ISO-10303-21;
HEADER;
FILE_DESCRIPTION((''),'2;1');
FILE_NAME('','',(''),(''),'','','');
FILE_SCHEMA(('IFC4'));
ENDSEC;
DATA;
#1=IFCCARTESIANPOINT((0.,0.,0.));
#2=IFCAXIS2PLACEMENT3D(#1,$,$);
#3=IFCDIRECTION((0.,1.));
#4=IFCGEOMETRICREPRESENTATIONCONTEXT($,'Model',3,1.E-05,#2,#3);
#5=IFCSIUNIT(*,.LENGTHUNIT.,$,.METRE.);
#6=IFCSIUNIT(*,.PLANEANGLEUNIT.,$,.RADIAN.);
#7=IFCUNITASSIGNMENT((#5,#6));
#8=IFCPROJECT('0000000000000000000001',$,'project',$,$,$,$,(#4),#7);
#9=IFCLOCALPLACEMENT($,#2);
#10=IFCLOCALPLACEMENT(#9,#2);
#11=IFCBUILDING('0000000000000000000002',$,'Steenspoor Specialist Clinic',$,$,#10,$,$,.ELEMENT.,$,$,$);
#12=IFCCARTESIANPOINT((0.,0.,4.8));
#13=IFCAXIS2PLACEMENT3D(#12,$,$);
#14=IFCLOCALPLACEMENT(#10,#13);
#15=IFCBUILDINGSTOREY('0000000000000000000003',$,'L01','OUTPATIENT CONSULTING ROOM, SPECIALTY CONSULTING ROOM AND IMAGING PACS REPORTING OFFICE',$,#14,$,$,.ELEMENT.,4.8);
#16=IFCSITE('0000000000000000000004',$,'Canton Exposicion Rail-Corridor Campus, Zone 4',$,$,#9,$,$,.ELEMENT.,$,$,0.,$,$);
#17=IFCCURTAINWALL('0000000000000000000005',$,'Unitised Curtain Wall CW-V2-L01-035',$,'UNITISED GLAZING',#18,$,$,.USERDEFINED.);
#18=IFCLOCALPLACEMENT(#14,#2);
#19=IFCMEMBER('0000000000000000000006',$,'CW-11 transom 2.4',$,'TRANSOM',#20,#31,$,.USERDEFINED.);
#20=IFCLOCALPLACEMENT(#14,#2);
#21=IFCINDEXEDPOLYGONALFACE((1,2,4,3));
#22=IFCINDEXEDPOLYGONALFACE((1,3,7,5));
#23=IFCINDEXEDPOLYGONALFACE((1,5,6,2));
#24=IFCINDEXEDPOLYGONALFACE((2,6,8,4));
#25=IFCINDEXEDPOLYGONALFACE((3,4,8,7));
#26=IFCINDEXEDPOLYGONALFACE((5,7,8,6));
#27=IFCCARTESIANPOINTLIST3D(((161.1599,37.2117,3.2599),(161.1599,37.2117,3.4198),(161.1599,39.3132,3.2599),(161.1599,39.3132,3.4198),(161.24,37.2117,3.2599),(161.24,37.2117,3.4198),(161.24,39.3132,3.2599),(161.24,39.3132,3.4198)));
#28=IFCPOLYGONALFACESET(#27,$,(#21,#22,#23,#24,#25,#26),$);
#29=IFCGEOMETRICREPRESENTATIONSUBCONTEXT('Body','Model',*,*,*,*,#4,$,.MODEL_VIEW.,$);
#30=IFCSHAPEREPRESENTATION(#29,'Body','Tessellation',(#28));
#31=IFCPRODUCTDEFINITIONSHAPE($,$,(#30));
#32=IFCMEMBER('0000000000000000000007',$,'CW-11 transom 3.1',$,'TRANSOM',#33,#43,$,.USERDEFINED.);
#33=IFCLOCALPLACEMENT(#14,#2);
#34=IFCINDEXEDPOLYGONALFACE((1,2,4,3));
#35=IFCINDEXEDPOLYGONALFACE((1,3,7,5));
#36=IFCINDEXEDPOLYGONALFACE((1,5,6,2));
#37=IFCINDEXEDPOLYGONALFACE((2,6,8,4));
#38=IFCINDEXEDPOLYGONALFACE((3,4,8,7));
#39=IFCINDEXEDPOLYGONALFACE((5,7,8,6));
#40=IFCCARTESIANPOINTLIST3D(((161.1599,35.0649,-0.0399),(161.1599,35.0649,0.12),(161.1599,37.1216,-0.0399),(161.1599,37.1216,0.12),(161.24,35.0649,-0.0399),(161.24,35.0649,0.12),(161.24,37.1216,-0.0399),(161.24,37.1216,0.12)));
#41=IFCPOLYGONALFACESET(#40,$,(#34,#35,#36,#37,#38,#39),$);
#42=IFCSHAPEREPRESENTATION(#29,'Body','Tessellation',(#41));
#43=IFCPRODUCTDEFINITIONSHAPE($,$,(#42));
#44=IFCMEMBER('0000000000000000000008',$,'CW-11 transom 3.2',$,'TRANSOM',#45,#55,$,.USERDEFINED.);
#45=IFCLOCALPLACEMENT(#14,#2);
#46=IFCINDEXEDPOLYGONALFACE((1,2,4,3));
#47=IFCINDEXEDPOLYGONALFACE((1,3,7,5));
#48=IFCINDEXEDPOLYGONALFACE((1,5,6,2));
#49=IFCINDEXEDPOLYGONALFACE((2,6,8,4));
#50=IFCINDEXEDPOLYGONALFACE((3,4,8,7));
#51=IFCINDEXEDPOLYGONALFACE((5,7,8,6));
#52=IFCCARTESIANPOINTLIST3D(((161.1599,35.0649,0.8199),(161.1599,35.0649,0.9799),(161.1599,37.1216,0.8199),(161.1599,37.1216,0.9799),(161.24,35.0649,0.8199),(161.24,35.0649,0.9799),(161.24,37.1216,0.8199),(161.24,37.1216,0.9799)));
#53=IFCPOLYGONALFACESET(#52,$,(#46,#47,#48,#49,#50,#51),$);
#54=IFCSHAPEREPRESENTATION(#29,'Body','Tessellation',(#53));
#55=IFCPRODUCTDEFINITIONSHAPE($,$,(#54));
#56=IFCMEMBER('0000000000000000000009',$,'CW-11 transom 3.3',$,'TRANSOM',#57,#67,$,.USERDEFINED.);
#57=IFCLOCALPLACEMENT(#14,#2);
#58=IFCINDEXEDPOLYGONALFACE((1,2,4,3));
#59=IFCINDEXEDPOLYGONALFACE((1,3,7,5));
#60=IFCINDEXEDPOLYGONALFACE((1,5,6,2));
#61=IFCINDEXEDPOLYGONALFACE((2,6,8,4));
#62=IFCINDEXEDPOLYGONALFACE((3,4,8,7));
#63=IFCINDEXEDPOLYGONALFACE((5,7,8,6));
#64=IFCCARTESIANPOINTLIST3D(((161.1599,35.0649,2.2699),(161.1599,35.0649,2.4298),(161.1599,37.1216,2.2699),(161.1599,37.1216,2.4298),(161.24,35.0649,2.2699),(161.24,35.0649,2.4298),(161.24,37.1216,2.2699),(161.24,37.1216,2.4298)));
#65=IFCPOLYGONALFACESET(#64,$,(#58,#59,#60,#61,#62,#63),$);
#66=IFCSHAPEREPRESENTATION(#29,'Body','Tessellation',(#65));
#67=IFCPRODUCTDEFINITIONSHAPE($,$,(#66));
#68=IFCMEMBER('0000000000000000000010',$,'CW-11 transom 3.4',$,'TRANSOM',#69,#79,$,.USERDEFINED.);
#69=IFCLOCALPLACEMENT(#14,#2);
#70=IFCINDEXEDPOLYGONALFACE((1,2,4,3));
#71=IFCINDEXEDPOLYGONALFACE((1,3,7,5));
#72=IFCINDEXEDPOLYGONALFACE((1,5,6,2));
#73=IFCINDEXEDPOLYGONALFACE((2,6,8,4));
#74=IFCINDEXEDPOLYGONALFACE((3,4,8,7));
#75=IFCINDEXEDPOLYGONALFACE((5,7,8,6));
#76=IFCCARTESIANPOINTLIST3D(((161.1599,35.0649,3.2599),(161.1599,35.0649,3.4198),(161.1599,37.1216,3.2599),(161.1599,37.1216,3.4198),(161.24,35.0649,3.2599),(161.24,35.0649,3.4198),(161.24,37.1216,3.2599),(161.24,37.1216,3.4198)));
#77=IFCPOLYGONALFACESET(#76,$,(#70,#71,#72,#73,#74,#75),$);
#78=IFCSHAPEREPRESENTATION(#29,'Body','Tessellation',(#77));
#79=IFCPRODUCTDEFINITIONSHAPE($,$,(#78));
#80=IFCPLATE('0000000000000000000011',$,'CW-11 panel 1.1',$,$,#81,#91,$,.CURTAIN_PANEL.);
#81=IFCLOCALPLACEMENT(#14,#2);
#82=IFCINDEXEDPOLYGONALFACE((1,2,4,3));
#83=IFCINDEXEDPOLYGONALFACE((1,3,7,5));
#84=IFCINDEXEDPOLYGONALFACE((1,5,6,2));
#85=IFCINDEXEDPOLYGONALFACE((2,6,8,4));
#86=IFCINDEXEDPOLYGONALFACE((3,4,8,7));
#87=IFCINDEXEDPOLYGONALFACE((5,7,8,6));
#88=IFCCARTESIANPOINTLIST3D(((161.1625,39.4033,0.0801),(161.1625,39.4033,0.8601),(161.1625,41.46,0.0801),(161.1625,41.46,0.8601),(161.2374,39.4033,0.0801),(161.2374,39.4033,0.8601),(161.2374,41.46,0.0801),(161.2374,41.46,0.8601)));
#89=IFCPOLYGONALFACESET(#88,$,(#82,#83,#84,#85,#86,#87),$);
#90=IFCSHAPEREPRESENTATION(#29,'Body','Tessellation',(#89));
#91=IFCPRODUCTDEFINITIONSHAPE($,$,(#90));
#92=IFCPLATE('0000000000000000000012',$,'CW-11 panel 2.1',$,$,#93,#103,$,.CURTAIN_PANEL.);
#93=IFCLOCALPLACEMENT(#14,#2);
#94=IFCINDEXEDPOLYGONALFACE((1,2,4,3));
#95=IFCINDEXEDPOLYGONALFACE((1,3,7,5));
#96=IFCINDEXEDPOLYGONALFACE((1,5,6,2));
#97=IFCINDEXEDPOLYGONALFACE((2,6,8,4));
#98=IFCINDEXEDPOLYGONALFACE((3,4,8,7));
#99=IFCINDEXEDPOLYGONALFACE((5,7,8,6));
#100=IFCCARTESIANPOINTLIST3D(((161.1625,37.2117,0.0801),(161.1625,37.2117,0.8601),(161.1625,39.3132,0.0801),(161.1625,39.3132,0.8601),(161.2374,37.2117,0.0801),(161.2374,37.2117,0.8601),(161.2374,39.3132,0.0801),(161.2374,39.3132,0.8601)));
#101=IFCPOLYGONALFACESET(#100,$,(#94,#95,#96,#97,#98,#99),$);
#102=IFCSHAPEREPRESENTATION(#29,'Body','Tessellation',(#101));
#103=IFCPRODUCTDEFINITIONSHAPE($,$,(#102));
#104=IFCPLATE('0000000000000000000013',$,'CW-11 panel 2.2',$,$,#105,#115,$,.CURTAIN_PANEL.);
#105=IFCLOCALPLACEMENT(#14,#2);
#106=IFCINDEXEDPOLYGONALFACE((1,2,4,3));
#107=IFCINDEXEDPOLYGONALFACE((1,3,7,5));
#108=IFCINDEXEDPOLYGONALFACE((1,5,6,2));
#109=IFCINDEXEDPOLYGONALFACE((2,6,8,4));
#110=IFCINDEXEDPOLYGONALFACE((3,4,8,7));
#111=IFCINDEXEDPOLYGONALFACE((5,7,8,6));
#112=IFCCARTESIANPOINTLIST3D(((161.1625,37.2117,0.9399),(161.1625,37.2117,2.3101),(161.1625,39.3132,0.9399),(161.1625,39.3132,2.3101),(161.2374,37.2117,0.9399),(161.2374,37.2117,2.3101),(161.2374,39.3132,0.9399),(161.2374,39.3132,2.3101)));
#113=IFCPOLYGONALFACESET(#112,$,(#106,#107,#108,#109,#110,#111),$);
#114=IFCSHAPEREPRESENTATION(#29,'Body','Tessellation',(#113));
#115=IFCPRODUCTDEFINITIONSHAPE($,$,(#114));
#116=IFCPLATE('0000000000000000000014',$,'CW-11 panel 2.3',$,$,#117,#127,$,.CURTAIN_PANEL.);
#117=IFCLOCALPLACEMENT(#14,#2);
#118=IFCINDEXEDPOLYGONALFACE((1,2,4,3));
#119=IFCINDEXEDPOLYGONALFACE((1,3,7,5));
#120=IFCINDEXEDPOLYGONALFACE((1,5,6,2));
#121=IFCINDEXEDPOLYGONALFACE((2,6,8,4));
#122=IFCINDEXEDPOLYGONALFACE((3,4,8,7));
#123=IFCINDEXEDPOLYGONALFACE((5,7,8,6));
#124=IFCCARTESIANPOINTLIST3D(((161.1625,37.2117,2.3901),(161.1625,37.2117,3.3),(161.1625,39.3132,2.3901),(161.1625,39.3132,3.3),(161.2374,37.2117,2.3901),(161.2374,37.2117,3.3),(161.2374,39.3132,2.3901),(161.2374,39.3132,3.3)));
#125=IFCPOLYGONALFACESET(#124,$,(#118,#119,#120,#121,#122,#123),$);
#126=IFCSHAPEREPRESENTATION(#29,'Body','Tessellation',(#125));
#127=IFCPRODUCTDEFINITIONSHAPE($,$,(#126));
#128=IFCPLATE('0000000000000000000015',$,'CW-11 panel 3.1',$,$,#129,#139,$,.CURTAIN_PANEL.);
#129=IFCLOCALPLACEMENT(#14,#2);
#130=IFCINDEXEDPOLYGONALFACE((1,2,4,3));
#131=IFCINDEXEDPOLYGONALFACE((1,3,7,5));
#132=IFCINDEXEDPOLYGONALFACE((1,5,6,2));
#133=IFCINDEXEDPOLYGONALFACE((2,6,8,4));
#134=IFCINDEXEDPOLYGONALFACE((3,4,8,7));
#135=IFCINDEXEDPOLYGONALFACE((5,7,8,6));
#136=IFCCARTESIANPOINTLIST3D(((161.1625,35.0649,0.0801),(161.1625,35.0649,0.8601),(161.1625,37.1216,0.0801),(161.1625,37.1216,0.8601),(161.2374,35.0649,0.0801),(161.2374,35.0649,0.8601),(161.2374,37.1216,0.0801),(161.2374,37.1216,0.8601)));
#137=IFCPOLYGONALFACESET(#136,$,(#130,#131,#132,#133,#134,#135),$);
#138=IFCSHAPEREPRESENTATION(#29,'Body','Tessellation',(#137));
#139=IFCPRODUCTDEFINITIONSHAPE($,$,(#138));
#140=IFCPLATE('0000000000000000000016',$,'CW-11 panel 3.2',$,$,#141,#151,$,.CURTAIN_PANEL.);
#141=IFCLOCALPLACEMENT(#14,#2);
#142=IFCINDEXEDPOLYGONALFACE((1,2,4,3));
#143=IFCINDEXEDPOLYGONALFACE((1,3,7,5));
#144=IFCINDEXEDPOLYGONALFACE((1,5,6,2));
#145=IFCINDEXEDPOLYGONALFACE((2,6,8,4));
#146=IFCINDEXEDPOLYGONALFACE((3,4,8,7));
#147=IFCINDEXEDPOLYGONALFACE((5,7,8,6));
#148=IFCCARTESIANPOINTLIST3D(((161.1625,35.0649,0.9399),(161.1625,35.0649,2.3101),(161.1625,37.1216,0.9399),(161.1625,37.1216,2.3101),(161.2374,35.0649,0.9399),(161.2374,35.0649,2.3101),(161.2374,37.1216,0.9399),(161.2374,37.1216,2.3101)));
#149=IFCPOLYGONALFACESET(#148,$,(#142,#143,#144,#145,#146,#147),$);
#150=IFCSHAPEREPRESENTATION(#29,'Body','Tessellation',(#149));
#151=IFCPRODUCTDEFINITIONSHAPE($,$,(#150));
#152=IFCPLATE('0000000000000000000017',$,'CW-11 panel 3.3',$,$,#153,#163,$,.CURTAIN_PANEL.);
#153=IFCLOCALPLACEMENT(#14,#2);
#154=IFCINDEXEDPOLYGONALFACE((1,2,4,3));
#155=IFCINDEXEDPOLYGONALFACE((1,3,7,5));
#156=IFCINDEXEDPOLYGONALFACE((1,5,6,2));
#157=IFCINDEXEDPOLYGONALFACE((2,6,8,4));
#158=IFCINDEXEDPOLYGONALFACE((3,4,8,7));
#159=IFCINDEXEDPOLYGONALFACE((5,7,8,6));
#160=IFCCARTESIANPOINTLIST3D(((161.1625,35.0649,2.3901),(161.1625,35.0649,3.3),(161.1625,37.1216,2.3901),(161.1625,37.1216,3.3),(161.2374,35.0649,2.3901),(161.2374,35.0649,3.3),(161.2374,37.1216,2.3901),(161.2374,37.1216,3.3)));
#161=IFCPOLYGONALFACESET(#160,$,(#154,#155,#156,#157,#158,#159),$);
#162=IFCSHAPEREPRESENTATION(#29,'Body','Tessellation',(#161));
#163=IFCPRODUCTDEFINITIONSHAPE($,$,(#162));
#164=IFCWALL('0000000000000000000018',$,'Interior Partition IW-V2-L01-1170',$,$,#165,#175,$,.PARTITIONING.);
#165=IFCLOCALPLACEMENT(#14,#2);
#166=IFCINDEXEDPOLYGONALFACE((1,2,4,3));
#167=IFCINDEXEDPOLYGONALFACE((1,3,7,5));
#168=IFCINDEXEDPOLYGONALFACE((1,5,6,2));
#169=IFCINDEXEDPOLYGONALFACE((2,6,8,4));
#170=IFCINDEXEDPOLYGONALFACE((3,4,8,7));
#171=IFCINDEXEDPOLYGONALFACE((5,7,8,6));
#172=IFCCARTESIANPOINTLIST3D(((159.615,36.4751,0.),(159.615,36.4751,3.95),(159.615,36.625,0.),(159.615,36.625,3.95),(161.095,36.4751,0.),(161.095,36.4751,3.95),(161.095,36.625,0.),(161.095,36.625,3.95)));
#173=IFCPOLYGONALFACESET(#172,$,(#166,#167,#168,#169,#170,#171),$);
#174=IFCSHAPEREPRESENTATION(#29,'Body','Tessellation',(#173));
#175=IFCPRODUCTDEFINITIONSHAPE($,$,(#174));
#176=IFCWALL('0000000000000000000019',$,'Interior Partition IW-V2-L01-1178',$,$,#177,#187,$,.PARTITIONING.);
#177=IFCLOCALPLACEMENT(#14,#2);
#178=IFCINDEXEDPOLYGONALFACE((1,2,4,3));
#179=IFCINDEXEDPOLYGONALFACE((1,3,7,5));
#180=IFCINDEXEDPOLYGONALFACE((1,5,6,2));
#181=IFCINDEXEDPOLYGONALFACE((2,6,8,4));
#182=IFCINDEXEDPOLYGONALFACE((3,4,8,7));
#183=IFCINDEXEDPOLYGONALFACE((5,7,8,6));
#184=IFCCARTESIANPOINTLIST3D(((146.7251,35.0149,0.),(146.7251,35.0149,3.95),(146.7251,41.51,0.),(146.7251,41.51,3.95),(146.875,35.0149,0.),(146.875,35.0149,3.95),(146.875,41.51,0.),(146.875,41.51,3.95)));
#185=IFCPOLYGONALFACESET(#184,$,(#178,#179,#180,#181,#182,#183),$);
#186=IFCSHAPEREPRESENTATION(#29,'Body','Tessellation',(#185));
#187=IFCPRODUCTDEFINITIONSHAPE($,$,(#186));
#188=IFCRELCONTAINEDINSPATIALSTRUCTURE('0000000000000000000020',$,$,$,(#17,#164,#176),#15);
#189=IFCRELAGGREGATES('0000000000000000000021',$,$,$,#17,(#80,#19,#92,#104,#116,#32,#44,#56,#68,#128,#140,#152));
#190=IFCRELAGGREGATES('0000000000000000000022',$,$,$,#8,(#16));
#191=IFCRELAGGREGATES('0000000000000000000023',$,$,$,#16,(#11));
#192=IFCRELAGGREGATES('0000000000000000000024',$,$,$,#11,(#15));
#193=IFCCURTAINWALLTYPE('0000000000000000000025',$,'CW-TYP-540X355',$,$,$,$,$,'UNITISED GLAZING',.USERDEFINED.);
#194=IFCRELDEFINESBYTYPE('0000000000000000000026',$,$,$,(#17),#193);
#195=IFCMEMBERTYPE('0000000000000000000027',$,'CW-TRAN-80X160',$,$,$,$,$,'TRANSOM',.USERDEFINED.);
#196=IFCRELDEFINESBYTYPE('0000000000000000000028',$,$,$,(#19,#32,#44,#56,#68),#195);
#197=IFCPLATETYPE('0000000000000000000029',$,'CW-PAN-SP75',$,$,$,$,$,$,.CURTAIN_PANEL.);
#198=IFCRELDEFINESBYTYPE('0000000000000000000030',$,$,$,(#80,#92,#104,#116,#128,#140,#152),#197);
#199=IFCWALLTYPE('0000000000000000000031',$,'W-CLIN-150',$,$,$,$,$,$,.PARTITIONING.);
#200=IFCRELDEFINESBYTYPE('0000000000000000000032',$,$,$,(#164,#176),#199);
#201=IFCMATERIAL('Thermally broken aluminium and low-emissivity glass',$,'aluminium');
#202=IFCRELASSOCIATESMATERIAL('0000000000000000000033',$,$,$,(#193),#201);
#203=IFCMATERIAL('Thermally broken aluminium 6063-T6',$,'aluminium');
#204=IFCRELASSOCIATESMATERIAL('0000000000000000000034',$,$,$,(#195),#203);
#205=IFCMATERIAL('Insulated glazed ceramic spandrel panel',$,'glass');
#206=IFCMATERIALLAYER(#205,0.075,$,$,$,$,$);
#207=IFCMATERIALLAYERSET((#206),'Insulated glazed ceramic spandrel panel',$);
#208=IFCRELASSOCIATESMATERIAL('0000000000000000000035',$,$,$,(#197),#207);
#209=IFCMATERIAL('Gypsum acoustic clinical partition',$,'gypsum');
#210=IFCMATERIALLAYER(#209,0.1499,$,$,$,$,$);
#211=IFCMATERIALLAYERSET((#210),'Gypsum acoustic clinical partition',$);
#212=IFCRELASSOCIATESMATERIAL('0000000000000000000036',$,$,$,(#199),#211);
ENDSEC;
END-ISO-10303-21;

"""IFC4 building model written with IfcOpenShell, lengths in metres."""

from ifc_helpers import new_model, si_unit, direction, frame, frame_2d, origin, origin_2d, place, context, subcontext, project, spatial, rectangle, extrude, material, layer, layer_set, material_profile, profile_set, type_object, element, aggregate, save


model = new_model("IFC4")

# Units and contexts
model_context = context("Model", 3, precision=1e-05, world=origin(), true_north=direction((0.0, 1.0)))
body_context = subcontext(model_context, "Body", "Model", "MODEL_VIEW")
ifc_project = project(units=[si_unit("LENGTHUNIT", "METRE"), si_unit("PLANEANGLEUNIT", "RADIAN")], contexts=[model_context])

# Site, building, storey
site_placement = place(None, origin())
site = spatial("IfcSite", under=ifc_project, at=site_placement, Name="Canton Exposicion Rail-Corridor Campus, Zone 4", CompositionType="ELEMENT", RefElevation=0.0)
building_placement = place(site_placement, origin())
building = spatial("IfcBuilding", under=site, at=building_placement, Name="Steenspoor Specialist Clinic", CompositionType="ELEMENT")
storey_placement = place(building_placement, frame((0.0, 0.0, 4.8)))
storey = spatial("IfcBuildingStorey", under=building, at=storey_placement, Name="L01", Description="OUTPATIENT CONSULTING ROOM, SPECIALTY CONSULTING ROOM AND IMAGING PACS REPORTING OFFICE", CompositionType="ELEMENT", Elevation=4.8)

# Curtain wall, members, plates
ifc_material_1 = material(Name="Thermally broken aluminium and low-emissivity glass", Category="aluminium")
curtain_wall_type = type_object("IfcCurtainWallType", Name="CW-TYP-540X355", ElementType="UNITISED GLAZING", PredefinedType="USERDEFINED", material=ifc_material_1)
curtain_wall_placement = place(storey_placement, origin())
curtain_wall = element("IfcCurtainWall", 1, at=curtain_wall_placement, inside=storey, type_object=curtain_wall_type, Name="Unitised Curtain Wall CW-V2-L01-035", ObjectType="UNITISED GLAZING", PredefinedType="USERDEFINED")
ifc_material_2 = material(Name="Thermally broken aluminium 6063-T6", Category="aluminium")
ifc_material_profile_1 = material_profile(ifc_material_2, rectangle(XDim=0.0801, YDim=0.1599, at=origin_2d()), Name="CWT-80X160")
ifc_profile_set_1 = profile_set([ifc_material_profile_1], Name="Thermally broken aluminium 6063-T6")
member_type_1 = type_object("IfcMemberType", Name="CW-TRAN-80X160", ElementType="TRANSOM", PredefinedType="USERDEFINED", material=ifc_profile_set_1)
member_1_placement = place(storey_placement, frame((161.2, 39.3132, 3.3398), z_axis=(0.0, -1.0, 0.0), x_axis=(1.0, 0.0, 0.0)))
member_1 = element("IfcMember", 2, at=member_1_placement, type_object=member_type_1, Name="CW-11 transom 2.4", ObjectType="TRANSOM", PredefinedType="USERDEFINED", context=body_context, shape_type="SweptSolid", body=[
    extrude(rectangle(XDim=0.0801, YDim=0.1599, at=origin_2d()), origin(), (0.0, 0.0, 1.0), 2.1016),
])
member_2_placement = place(storey_placement, frame((161.2, 37.1216, 0.04), z_axis=(0.0, -1.0, 0.0), x_axis=(1.0, 0.0, 0.0)))
member_2 = element("IfcMember", 3, at=member_2_placement, type_object=member_type_1, Name="CW-11 transom 3.1", ObjectType="TRANSOM", PredefinedType="USERDEFINED", context=body_context, shape_type="SweptSolid", body=[
    extrude(rectangle(XDim=0.0801, YDim=0.1599, at=origin_2d()), origin(), (0.0, 0.0, 1.0), 2.0566),
])
member_3_placement = place(storey_placement, frame((161.2, 37.1216, 0.8999), z_axis=(0.0, -1.0, 0.0), x_axis=(1.0, 0.0, 0.0)))
member_3 = element("IfcMember", 4, at=member_3_placement, type_object=member_type_1, Name="CW-11 transom 3.2", ObjectType="TRANSOM", PredefinedType="USERDEFINED", context=body_context, shape_type="SweptSolid", body=[
    extrude(rectangle(XDim=0.0801, YDim=0.1599, at=origin_2d()), origin(), (0.0, 0.0, 1.0), 2.0566),
])
member_4_placement = place(storey_placement, frame((161.2, 37.1216, 2.3499), z_axis=(0.0, -1.0, 0.0), x_axis=(1.0, 0.0, 0.0)))
member_4 = element("IfcMember", 5, at=member_4_placement, type_object=member_type_1, Name="CW-11 transom 3.3", ObjectType="TRANSOM", PredefinedType="USERDEFINED", context=body_context, shape_type="SweptSolid", body=[
    extrude(rectangle(XDim=0.0801, YDim=0.1599, at=origin_2d()), origin(), (0.0, 0.0, 1.0), 2.0566),
])
member_5_placement = place(storey_placement, frame((161.2, 37.1216, 3.3398), z_axis=(0.0, -1.0, 0.0), x_axis=(1.0, 0.0, 0.0)))
member_5 = element("IfcMember", 6, at=member_5_placement, type_object=member_type_1, Name="CW-11 transom 3.4", ObjectType="TRANSOM", PredefinedType="USERDEFINED", context=body_context, shape_type="SweptSolid", body=[
    extrude(rectangle(XDim=0.0801, YDim=0.1599, at=origin_2d()), origin(), (0.0, 0.0, 1.0), 2.0566),
])
ifc_material_3 = material(Name="Insulated glazed ceramic spandrel panel", Category="glass")
ifc_layer_1 = layer(ifc_material_3, 0.075)
ifc_layer_set_1 = layer_set([ifc_layer_1], Name="Insulated glazed ceramic spandrel panel")
plate_type = type_object("IfcPlateType", Name="CW-PAN-SP75", PredefinedType="CURTAIN_PANEL", material=ifc_layer_set_1)
plate_1_placement = place(storey_placement, frame((161.2, 40.4316, 0.0801), z_axis=(0.0, 0.0, 1.0), x_axis=(0.0, -1.0, 0.0)))
plate_1 = element("IfcPlate", 7, at=plate_1_placement, type_object=plate_type, Name="CW-11 panel 1.1", PredefinedType="CURTAIN_PANEL", context=body_context, shape_type="SweptSolid", body=[
    extrude(rectangle(XDim=2.0566, YDim=0.075, at=origin_2d()), origin(), (0.0, 0.0, 1.0), 0.78),
])
plate_2_placement = place(storey_placement, frame((161.2, 38.2625, 0.0801), z_axis=(0.0, 0.0, 1.0), x_axis=(0.0, -1.0, 0.0)))
plate_2 = element("IfcPlate", 8, at=plate_2_placement, type_object=plate_type, Name="CW-11 panel 2.1", PredefinedType="CURTAIN_PANEL", context=body_context, shape_type="SweptSolid", body=[
    extrude(rectangle(XDim=2.1016, YDim=0.075, at=origin_2d()), origin(), (0.0, 0.0, 1.0), 0.78),
])
plate_3_placement = place(storey_placement, frame((161.2, 38.2625, 0.9399), z_axis=(0.0, 0.0, 1.0), x_axis=(0.0, -1.0, 0.0)))
plate_3 = element("IfcPlate", 9, at=plate_3_placement, type_object=plate_type, Name="CW-11 panel 2.2", PredefinedType="CURTAIN_PANEL", context=body_context, shape_type="SweptSolid", body=[
    extrude(rectangle(XDim=2.1016, YDim=0.075, at=origin_2d()), origin(), (0.0, 0.0, 1.0), 1.3701),
])
plate_4_placement = place(storey_placement, frame((161.2, 38.2625, 2.3901), z_axis=(0.0, 0.0, 1.0), x_axis=(0.0, -1.0, 0.0)))
plate_4 = element("IfcPlate", 10, at=plate_4_placement, type_object=plate_type, Name="CW-11 panel 2.3", PredefinedType="CURTAIN_PANEL", context=body_context, shape_type="SweptSolid", body=[
    extrude(rectangle(XDim=2.1016, YDim=0.075, at=origin_2d()), origin(), (0.0, 0.0, 1.0), 0.9099),
])
plate_5_placement = place(storey_placement, frame((161.2, 36.0933, 0.0801), z_axis=(0.0, 0.0, 1.0), x_axis=(0.0, -1.0, 0.0)))
plate_5 = element("IfcPlate", 11, at=plate_5_placement, type_object=plate_type, Name="CW-11 panel 3.1", PredefinedType="CURTAIN_PANEL", context=body_context, shape_type="SweptSolid", body=[
    extrude(rectangle(XDim=2.0566, YDim=0.075, at=origin_2d()), origin(), (0.0, 0.0, 1.0), 0.78),
])
plate_6_placement = place(storey_placement, frame((161.2, 36.0933, 0.9399), z_axis=(0.0, 0.0, 1.0), x_axis=(0.0, -1.0, 0.0)))
plate_6 = element("IfcPlate", 12, at=plate_6_placement, type_object=plate_type, Name="CW-11 panel 3.2", PredefinedType="CURTAIN_PANEL", context=body_context, shape_type="SweptSolid", body=[
    extrude(rectangle(XDim=2.0566, YDim=0.075, at=origin_2d()), origin(), (0.0, 0.0, 1.0), 1.3701),
])
plate_7_placement = place(storey_placement, frame((161.2, 36.0933, 2.3901), z_axis=(0.0, 0.0, 1.0), x_axis=(0.0, -1.0, 0.0)))
plate_7 = element("IfcPlate", 13, at=plate_7_placement, type_object=plate_type, Name="CW-11 panel 3.3", PredefinedType="CURTAIN_PANEL", context=body_context, shape_type="SweptSolid", body=[
    extrude(rectangle(XDim=2.0566, YDim=0.075, at=origin_2d()), origin(), (0.0, 0.0, 1.0), 0.9099),
])
aggregate(curtain_wall, [plate_1, member_1, plate_2, plate_3, plate_4, member_2, member_3, member_4, member_5, plate_5, plate_6, plate_7])

# Walls
ifc_material_4 = material(Name="Gypsum acoustic clinical partition", Category="gypsum")
ifc_layer_2 = layer(ifc_material_4, 0.1499)
ifc_layer_set_2 = layer_set([ifc_layer_2], Name="Gypsum acoustic clinical partition")
wall_type_1 = type_object("IfcWallType", Name="W-CLIN-150", PredefinedType="PARTITIONING", material=ifc_layer_set_2)
wall_1_placement = place(storey_placement, frame((159.615, 36.55, 0.0), z_axis=(0.0, 0.0, 1.0), x_axis=(1.0, 0.0, 0.0)))
element("IfcWall", 14, at=wall_1_placement, inside=storey, type_object=wall_type_1, Name="Interior Partition IW-V2-L01-1170", PredefinedType="PARTITIONING", context=body_context, shape_type="SweptSolid", body=[
    extrude(rectangle(XDim=1.48, YDim=0.1499, at=frame_2d((0.74, 0.0))), origin(), (0.0, 0.0, 1.0), 3.95),
])
wall_2_placement = place(storey_placement, frame((146.8, 35.0149, 0.0), z_axis=(0.0, 0.0, 1.0), x_axis=(0.0, 1.0, 0.0)))
element("IfcWall", 15, at=wall_2_placement, inside=storey, type_object=wall_type_1, Name="Interior Partition IW-V2-L01-1178", PredefinedType="PARTITIONING", context=body_context, shape_type="SweptSolid", body=[
    extrude(rectangle(XDim=6.4951, YDim=0.1499, at=frame_2d((3.2476, 0.0))), origin(), (0.0, 0.0, 1.0), 3.95),
])

save(model, "model.ifc")
